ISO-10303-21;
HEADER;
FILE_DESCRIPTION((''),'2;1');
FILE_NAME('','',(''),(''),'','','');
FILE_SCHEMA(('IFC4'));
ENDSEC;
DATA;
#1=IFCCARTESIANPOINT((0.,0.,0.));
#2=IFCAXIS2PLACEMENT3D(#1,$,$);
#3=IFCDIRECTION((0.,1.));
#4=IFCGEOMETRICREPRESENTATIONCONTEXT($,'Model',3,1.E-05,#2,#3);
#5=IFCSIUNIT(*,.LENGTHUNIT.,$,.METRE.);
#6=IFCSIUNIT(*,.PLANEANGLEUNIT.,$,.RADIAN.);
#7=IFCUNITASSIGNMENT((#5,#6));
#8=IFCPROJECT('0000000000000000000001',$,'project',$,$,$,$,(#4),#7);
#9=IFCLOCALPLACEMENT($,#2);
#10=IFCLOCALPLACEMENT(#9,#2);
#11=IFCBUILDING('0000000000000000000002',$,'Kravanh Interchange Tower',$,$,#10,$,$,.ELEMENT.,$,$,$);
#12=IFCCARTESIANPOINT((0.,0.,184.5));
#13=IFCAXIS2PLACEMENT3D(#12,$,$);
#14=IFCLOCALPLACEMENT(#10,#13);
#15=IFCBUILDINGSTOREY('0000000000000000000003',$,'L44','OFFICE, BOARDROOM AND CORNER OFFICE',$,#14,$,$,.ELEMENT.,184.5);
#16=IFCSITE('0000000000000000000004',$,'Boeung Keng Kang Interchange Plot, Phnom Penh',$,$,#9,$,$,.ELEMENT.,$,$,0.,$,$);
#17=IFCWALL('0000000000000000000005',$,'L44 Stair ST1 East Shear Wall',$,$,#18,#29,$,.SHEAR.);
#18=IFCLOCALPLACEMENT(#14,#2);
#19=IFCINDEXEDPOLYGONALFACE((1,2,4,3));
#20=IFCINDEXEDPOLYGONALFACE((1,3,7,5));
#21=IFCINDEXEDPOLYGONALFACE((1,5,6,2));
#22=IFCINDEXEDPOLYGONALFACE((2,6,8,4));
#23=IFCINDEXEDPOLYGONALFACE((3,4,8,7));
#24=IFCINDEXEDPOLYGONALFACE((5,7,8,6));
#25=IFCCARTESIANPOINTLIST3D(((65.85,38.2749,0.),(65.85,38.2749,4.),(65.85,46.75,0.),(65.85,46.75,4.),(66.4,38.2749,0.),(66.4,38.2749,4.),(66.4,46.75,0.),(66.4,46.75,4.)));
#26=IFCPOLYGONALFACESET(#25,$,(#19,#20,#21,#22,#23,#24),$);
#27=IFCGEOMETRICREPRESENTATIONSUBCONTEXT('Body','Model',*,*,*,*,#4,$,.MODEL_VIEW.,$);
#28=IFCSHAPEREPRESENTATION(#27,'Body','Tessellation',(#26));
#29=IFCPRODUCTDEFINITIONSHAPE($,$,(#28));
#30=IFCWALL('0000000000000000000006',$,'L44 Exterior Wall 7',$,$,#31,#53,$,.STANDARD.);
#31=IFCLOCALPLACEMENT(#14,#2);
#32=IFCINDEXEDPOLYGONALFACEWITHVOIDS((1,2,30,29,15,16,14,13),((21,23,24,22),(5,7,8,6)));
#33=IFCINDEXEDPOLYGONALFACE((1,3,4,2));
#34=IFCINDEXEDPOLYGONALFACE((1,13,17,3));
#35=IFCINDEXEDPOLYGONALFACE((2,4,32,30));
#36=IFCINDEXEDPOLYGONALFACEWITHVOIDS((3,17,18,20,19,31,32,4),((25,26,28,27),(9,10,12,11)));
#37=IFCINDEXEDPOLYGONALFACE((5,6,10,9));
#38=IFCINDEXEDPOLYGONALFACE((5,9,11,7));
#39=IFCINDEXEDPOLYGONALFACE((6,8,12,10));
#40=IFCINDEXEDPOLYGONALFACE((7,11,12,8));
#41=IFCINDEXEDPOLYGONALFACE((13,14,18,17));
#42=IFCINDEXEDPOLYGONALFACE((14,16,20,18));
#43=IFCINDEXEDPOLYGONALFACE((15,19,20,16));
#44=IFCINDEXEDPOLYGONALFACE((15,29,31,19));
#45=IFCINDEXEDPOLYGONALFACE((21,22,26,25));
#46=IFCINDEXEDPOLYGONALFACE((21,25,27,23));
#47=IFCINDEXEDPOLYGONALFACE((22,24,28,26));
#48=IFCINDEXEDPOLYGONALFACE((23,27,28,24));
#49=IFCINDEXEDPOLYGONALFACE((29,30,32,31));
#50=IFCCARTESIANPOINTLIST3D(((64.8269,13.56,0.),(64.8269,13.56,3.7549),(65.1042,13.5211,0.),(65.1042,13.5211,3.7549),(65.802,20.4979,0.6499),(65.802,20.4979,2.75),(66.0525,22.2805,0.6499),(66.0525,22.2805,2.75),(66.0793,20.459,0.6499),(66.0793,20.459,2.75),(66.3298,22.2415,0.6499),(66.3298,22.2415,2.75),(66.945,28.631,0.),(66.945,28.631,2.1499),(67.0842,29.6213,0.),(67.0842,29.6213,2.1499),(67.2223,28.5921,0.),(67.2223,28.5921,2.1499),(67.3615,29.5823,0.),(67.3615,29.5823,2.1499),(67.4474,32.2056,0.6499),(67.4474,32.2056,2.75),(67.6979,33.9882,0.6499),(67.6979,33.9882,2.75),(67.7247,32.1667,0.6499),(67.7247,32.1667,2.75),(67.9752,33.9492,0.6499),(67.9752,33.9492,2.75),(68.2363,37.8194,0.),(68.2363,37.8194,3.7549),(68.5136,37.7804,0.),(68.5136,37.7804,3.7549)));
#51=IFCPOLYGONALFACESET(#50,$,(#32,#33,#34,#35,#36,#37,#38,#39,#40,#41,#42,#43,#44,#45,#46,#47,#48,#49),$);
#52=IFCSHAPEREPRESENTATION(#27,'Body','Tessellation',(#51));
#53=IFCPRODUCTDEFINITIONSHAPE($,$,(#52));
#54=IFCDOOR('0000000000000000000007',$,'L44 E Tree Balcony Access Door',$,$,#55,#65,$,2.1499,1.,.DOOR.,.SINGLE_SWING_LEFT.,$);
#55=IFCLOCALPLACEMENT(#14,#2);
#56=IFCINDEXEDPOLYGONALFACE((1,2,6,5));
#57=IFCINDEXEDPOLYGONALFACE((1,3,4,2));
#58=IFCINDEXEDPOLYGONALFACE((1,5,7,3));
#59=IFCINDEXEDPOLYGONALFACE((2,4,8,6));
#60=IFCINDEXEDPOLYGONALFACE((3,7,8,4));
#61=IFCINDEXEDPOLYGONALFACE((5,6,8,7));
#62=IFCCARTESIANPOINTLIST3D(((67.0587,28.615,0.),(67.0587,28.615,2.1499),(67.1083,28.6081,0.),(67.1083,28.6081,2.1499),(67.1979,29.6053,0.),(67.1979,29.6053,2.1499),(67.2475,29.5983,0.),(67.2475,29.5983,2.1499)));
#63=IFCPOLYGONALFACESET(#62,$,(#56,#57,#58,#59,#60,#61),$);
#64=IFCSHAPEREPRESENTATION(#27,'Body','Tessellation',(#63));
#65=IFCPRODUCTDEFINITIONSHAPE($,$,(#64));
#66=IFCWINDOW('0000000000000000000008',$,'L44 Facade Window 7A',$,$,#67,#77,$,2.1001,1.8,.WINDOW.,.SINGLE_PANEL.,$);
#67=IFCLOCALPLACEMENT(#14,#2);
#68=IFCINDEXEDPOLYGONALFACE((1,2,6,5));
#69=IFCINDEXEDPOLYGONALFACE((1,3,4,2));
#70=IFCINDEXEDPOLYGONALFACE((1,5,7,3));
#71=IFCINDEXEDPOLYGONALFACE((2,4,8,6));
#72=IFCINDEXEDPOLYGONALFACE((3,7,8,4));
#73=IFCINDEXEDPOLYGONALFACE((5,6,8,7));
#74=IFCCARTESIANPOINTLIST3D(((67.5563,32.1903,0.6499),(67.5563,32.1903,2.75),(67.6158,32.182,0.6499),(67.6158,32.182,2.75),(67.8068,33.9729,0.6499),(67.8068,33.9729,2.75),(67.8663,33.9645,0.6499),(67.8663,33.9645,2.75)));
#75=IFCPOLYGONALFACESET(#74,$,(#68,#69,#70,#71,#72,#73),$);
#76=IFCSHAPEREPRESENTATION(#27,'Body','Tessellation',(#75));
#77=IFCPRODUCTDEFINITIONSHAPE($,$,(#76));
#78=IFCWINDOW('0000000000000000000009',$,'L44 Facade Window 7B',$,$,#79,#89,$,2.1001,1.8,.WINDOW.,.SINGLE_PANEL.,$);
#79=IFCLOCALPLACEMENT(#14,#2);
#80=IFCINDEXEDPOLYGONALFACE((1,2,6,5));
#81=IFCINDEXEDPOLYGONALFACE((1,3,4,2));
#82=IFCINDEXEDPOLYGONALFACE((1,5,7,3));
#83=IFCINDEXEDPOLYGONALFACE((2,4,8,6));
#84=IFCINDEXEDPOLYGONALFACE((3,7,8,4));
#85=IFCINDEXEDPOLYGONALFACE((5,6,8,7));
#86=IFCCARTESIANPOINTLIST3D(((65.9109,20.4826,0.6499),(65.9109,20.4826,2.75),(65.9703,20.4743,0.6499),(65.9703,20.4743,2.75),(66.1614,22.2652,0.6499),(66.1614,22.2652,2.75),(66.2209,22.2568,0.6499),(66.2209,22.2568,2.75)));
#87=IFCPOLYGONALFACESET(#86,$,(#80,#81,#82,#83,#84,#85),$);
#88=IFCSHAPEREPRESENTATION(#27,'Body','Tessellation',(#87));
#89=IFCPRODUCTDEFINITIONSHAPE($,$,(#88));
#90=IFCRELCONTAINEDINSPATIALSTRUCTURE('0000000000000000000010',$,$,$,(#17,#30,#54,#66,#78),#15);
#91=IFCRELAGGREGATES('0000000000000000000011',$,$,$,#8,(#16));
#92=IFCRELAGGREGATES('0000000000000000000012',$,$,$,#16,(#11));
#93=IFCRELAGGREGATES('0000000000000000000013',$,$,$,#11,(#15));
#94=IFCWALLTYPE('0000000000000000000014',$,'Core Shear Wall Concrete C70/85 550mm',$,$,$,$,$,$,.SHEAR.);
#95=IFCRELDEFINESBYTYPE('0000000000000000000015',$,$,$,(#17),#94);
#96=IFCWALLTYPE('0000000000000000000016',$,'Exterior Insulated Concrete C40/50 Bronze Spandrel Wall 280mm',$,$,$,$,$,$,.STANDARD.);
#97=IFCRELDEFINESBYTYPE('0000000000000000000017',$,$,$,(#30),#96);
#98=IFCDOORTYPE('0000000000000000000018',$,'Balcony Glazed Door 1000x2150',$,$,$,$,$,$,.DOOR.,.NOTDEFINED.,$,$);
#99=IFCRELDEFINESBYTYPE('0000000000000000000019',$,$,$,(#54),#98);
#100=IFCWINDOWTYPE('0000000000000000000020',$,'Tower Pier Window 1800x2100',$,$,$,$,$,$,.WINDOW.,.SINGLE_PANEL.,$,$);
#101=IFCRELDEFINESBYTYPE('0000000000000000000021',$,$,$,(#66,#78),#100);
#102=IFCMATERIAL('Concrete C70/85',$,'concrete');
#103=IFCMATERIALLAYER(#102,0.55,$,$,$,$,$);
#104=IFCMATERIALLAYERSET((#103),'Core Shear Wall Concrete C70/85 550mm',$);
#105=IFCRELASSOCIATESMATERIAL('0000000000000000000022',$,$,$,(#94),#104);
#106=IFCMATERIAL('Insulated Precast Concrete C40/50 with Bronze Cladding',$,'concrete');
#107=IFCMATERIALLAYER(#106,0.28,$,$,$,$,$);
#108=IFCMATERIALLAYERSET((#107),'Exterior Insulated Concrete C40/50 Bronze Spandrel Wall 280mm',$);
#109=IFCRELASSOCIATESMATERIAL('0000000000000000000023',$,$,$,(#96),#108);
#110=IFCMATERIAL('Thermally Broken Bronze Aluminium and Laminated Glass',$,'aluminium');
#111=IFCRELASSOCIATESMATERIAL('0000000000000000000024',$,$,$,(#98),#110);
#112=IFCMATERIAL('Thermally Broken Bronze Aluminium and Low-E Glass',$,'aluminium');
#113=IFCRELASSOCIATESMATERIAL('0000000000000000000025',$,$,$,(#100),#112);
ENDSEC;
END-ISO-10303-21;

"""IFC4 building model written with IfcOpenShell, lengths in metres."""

from ifc_helpers import new_model, si_unit, direction, frame, frame_2d, origin, place, context, subcontext, project, spatial, rectangle, extrude, material, layer, layer_set, type_object, element, fill, save


model = new_model("IFC4")

# Units and contexts
model_context = context("Model", 3, precision=1e-05, world=origin(), true_north=direction((0.0, 1.0)))
body_context = subcontext(model_context, "Body", "Model", "MODEL_VIEW")
ifc_project = project(units=[si_unit("LENGTHUNIT", "METRE"), si_unit("PLANEANGLEUNIT", "RADIAN")], contexts=[model_context])

# Site, building, storey
site_placement = place(None, origin())
site = spatial("IfcSite", under=ifc_project, at=site_placement, Name="Boeung Keng Kang Interchange Plot, Phnom Penh", CompositionType="ELEMENT", RefElevation=0.0)
building_placement = place(site_placement, origin())
building = spatial("IfcBuilding", under=site, at=building_placement, Name="Kravanh Interchange Tower", CompositionType="ELEMENT")
storey_placement = place(building_placement, frame((0.0, 0.0, 184.5)))
storey = spatial("IfcBuildingStorey", under=building, at=storey_placement, Name="L44", Description="OFFICE, BOARDROOM AND CORNER OFFICE", CompositionType="ELEMENT", Elevation=184.5)

# Wall
ifc_material_1 = material(Name="Concrete C70/85", Category="concrete")
ifc_layer_1 = layer(ifc_material_1, 0.55)
ifc_layer_set_1 = layer_set([ifc_layer_1], Name="Core Shear Wall Concrete C70/85 550mm")
wall_type_1 = type_object("IfcWallType", Name="Core Shear Wall Concrete C70/85 550mm", PredefinedType="SHEAR", material=ifc_layer_set_1)
wall_1_placement = place(storey_placement, frame((66.125, 38.2749, 0.0), z_axis=(0.0, 0.0, 1.0), x_axis=(0.0, 1.0, 0.0)))
element("IfcWall", 1, at=wall_1_placement, inside=storey, type_object=wall_type_1, Name="L44 Stair ST1 East Shear Wall", PredefinedType="SHEAR", context=body_context, shape_type="SweptSolid", body=[
    extrude(rectangle(XDim=8.4751, YDim=0.55, at=frame_2d((4.2375, 0.0))), origin(), (0.0, 0.0, 1.0), 4.0),
])

# Wall, openings, door, windows
ifc_material_2 = material(Name="Insulated Precast Concrete C40/50 with Bronze Cladding", Category="concrete")
ifc_layer_2 = layer(ifc_material_2, 0.28)
ifc_layer_set_2 = layer_set([ifc_layer_2], Name="Exterior Insulated Concrete C40/50 Bronze Spandrel Wall 280mm")
wall_type_2 = type_object("IfcWallType", Name="Exterior Insulated Concrete C40/50 Bronze Spandrel Wall 280mm", PredefinedType="STANDARD", material=ifc_layer_set_2)
wall_2_placement = place(storey_placement, frame((68.375, 37.8, 0.0), z_axis=(0.0, 0.0, 1.0), x_axis=(-0.139173, -0.990268, 0.0)))
wall_2 = element("IfcWall", 2, at=wall_2_placement, inside=storey, type_object=wall_type_2, Name="L44 Exterior Wall 7", PredefinedType="STANDARD", context=body_context, shape_type="SweptSolid", body=[
    extrude(rectangle(XDim=24.4978, YDim=0.28, at=frame_2d((12.249, 0.0))), origin(), (0.0, 0.0, 1.0), 3.7549),
])
opening_1_placement = place(wall_2_placement, frame((8.2788, 0.0, 0.0)))
opening_1 = element("IfcOpeningElement", 3, at=opening_1_placement, cuts=wall_2, PredefinedType="OPENING", context=body_context, shape_type="SweptSolid", body=[
    extrude(rectangle(XDim=1.0, YDim=2.1499, at=frame_2d((0.5, 1.075))), frame((0.0, 0.1499, 0.0), z_axis=(0.0, -1.0, 0.0), x_axis=(1.0, 0.0, 0.0)), (0.0, 0.0, 1.0), 0.3),
])
opening_2_placement = place(wall_2_placement, frame((3.8691, 0.0, 0.6499)))
opening_2 = element("IfcOpeningElement", 4, at=opening_2_placement, cuts=wall_2, PredefinedType="OPENING", context=body_context, shape_type="SweptSolid", body=[
    extrude(rectangle(XDim=1.8, YDim=2.1001, at=frame_2d((0.8999, 1.05))), frame((0.0, 0.1499, 0.0), z_axis=(0.0, -1.0, 0.0), x_axis=(1.0, 0.0, 0.0)), (0.0, 0.0, 1.0), 0.3),
])
opening_3_placement = place(wall_2_placement, frame((15.6919, 0.0, 0.6499)))
opening_3 = element("IfcOpeningElement", 5, at=opening_3_placement, cuts=wall_2, PredefinedType="OPENING", context=body_context, shape_type="SweptSolid", body=[
    extrude(rectangle(XDim=1.8, YDim=2.1001, at=frame_2d((0.8999, 1.05))), frame((0.0, 0.1499, 0.0), z_axis=(0.0, -1.0, 0.0), x_axis=(1.0, 0.0, 0.0)), (0.0, 0.0, 1.0), 0.3),
])
ifc_material_3 = material(Name="Thermally Broken Bronze Aluminium and Laminated Glass", Category="aluminium")
door_type_1 = type_object("IfcDoorType", Name="Balcony Glazed Door 1000x2150", OperationType="NOTDEFINED", PredefinedType="DOOR", material=ifc_material_3)
door_1_placement = place(opening_1_placement, origin())
door_1 = element("IfcDoor", 6, at=door_1_placement, inside=storey, type_object=door_type_1, Name="L44 E Tree Balcony Access Door", OperationType="SINGLE_SWING_LEFT", OverallHeight=2.1499, OverallWidth=1.0, PredefinedType="DOOR", context=body_context, shape_type="SweptSolid", body=[
    extrude(rectangle(XDim=1.0, YDim=2.1499, at=frame_2d((0.5, 1.075))), frame((0.0, 0.0249, 0.0), z_axis=(0.0, -1.0, 0.0), x_axis=(1.0, 0.0, 0.0)), (0.0, 0.0, 1.0), 0.05),
])
fill(opening_1, door_1)
ifc_material_4 = material(Name="Thermally Broken Bronze Aluminium and Low-E Glass", Category="aluminium")
window_type = type_object("IfcWindowType", Name="Tower Pier Window 1800x2100", PartitioningType="SINGLE_PANEL", PredefinedType="WINDOW", material=ifc_material_4)
window_1_placement = place(opening_2_placement, origin())
window_1 = element("IfcWindow", 7, at=window_1_placement, inside=storey, type_object=window_type, Name="L44 Facade Window 7A", OverallHeight=2.1001, OverallWidth=1.8, PartitioningType="SINGLE_PANEL", PredefinedType="WINDOW", context=body_context, shape_type="SweptSolid", body=[
    extrude(rectangle(XDim=1.8, YDim=2.1001, at=frame_2d((0.8999, 1.05))), frame((0.0, 0.03, 0.0), z_axis=(0.0, -1.0, 0.0), x_axis=(1.0, 0.0, 0.0)), (0.0, 0.0, 1.0), 0.0601),
])
fill(opening_2, window_1)
window_2_placement = place(opening_3_placement, origin())
window_2 = element("IfcWindow", 8, at=window_2_placement, inside=storey, type_object=window_type, Name="L44 Facade Window 7B", OverallHeight=2.1001, OverallWidth=1.8, PartitioningType="SINGLE_PANEL", PredefinedType="WINDOW", context=body_context, shape_type="SweptSolid", body=[
    extrude(rectangle(XDim=1.8, YDim=2.1001, at=frame_2d((0.8999, 1.05))), frame((0.0, 0.03, 0.0), z_axis=(0.0, -1.0, 0.0), x_axis=(1.0, 0.0, 0.0)), (0.0, 0.0, 1.0), 0.0601),
])
fill(opening_3, window_2)

save(model, "model.ifc")
